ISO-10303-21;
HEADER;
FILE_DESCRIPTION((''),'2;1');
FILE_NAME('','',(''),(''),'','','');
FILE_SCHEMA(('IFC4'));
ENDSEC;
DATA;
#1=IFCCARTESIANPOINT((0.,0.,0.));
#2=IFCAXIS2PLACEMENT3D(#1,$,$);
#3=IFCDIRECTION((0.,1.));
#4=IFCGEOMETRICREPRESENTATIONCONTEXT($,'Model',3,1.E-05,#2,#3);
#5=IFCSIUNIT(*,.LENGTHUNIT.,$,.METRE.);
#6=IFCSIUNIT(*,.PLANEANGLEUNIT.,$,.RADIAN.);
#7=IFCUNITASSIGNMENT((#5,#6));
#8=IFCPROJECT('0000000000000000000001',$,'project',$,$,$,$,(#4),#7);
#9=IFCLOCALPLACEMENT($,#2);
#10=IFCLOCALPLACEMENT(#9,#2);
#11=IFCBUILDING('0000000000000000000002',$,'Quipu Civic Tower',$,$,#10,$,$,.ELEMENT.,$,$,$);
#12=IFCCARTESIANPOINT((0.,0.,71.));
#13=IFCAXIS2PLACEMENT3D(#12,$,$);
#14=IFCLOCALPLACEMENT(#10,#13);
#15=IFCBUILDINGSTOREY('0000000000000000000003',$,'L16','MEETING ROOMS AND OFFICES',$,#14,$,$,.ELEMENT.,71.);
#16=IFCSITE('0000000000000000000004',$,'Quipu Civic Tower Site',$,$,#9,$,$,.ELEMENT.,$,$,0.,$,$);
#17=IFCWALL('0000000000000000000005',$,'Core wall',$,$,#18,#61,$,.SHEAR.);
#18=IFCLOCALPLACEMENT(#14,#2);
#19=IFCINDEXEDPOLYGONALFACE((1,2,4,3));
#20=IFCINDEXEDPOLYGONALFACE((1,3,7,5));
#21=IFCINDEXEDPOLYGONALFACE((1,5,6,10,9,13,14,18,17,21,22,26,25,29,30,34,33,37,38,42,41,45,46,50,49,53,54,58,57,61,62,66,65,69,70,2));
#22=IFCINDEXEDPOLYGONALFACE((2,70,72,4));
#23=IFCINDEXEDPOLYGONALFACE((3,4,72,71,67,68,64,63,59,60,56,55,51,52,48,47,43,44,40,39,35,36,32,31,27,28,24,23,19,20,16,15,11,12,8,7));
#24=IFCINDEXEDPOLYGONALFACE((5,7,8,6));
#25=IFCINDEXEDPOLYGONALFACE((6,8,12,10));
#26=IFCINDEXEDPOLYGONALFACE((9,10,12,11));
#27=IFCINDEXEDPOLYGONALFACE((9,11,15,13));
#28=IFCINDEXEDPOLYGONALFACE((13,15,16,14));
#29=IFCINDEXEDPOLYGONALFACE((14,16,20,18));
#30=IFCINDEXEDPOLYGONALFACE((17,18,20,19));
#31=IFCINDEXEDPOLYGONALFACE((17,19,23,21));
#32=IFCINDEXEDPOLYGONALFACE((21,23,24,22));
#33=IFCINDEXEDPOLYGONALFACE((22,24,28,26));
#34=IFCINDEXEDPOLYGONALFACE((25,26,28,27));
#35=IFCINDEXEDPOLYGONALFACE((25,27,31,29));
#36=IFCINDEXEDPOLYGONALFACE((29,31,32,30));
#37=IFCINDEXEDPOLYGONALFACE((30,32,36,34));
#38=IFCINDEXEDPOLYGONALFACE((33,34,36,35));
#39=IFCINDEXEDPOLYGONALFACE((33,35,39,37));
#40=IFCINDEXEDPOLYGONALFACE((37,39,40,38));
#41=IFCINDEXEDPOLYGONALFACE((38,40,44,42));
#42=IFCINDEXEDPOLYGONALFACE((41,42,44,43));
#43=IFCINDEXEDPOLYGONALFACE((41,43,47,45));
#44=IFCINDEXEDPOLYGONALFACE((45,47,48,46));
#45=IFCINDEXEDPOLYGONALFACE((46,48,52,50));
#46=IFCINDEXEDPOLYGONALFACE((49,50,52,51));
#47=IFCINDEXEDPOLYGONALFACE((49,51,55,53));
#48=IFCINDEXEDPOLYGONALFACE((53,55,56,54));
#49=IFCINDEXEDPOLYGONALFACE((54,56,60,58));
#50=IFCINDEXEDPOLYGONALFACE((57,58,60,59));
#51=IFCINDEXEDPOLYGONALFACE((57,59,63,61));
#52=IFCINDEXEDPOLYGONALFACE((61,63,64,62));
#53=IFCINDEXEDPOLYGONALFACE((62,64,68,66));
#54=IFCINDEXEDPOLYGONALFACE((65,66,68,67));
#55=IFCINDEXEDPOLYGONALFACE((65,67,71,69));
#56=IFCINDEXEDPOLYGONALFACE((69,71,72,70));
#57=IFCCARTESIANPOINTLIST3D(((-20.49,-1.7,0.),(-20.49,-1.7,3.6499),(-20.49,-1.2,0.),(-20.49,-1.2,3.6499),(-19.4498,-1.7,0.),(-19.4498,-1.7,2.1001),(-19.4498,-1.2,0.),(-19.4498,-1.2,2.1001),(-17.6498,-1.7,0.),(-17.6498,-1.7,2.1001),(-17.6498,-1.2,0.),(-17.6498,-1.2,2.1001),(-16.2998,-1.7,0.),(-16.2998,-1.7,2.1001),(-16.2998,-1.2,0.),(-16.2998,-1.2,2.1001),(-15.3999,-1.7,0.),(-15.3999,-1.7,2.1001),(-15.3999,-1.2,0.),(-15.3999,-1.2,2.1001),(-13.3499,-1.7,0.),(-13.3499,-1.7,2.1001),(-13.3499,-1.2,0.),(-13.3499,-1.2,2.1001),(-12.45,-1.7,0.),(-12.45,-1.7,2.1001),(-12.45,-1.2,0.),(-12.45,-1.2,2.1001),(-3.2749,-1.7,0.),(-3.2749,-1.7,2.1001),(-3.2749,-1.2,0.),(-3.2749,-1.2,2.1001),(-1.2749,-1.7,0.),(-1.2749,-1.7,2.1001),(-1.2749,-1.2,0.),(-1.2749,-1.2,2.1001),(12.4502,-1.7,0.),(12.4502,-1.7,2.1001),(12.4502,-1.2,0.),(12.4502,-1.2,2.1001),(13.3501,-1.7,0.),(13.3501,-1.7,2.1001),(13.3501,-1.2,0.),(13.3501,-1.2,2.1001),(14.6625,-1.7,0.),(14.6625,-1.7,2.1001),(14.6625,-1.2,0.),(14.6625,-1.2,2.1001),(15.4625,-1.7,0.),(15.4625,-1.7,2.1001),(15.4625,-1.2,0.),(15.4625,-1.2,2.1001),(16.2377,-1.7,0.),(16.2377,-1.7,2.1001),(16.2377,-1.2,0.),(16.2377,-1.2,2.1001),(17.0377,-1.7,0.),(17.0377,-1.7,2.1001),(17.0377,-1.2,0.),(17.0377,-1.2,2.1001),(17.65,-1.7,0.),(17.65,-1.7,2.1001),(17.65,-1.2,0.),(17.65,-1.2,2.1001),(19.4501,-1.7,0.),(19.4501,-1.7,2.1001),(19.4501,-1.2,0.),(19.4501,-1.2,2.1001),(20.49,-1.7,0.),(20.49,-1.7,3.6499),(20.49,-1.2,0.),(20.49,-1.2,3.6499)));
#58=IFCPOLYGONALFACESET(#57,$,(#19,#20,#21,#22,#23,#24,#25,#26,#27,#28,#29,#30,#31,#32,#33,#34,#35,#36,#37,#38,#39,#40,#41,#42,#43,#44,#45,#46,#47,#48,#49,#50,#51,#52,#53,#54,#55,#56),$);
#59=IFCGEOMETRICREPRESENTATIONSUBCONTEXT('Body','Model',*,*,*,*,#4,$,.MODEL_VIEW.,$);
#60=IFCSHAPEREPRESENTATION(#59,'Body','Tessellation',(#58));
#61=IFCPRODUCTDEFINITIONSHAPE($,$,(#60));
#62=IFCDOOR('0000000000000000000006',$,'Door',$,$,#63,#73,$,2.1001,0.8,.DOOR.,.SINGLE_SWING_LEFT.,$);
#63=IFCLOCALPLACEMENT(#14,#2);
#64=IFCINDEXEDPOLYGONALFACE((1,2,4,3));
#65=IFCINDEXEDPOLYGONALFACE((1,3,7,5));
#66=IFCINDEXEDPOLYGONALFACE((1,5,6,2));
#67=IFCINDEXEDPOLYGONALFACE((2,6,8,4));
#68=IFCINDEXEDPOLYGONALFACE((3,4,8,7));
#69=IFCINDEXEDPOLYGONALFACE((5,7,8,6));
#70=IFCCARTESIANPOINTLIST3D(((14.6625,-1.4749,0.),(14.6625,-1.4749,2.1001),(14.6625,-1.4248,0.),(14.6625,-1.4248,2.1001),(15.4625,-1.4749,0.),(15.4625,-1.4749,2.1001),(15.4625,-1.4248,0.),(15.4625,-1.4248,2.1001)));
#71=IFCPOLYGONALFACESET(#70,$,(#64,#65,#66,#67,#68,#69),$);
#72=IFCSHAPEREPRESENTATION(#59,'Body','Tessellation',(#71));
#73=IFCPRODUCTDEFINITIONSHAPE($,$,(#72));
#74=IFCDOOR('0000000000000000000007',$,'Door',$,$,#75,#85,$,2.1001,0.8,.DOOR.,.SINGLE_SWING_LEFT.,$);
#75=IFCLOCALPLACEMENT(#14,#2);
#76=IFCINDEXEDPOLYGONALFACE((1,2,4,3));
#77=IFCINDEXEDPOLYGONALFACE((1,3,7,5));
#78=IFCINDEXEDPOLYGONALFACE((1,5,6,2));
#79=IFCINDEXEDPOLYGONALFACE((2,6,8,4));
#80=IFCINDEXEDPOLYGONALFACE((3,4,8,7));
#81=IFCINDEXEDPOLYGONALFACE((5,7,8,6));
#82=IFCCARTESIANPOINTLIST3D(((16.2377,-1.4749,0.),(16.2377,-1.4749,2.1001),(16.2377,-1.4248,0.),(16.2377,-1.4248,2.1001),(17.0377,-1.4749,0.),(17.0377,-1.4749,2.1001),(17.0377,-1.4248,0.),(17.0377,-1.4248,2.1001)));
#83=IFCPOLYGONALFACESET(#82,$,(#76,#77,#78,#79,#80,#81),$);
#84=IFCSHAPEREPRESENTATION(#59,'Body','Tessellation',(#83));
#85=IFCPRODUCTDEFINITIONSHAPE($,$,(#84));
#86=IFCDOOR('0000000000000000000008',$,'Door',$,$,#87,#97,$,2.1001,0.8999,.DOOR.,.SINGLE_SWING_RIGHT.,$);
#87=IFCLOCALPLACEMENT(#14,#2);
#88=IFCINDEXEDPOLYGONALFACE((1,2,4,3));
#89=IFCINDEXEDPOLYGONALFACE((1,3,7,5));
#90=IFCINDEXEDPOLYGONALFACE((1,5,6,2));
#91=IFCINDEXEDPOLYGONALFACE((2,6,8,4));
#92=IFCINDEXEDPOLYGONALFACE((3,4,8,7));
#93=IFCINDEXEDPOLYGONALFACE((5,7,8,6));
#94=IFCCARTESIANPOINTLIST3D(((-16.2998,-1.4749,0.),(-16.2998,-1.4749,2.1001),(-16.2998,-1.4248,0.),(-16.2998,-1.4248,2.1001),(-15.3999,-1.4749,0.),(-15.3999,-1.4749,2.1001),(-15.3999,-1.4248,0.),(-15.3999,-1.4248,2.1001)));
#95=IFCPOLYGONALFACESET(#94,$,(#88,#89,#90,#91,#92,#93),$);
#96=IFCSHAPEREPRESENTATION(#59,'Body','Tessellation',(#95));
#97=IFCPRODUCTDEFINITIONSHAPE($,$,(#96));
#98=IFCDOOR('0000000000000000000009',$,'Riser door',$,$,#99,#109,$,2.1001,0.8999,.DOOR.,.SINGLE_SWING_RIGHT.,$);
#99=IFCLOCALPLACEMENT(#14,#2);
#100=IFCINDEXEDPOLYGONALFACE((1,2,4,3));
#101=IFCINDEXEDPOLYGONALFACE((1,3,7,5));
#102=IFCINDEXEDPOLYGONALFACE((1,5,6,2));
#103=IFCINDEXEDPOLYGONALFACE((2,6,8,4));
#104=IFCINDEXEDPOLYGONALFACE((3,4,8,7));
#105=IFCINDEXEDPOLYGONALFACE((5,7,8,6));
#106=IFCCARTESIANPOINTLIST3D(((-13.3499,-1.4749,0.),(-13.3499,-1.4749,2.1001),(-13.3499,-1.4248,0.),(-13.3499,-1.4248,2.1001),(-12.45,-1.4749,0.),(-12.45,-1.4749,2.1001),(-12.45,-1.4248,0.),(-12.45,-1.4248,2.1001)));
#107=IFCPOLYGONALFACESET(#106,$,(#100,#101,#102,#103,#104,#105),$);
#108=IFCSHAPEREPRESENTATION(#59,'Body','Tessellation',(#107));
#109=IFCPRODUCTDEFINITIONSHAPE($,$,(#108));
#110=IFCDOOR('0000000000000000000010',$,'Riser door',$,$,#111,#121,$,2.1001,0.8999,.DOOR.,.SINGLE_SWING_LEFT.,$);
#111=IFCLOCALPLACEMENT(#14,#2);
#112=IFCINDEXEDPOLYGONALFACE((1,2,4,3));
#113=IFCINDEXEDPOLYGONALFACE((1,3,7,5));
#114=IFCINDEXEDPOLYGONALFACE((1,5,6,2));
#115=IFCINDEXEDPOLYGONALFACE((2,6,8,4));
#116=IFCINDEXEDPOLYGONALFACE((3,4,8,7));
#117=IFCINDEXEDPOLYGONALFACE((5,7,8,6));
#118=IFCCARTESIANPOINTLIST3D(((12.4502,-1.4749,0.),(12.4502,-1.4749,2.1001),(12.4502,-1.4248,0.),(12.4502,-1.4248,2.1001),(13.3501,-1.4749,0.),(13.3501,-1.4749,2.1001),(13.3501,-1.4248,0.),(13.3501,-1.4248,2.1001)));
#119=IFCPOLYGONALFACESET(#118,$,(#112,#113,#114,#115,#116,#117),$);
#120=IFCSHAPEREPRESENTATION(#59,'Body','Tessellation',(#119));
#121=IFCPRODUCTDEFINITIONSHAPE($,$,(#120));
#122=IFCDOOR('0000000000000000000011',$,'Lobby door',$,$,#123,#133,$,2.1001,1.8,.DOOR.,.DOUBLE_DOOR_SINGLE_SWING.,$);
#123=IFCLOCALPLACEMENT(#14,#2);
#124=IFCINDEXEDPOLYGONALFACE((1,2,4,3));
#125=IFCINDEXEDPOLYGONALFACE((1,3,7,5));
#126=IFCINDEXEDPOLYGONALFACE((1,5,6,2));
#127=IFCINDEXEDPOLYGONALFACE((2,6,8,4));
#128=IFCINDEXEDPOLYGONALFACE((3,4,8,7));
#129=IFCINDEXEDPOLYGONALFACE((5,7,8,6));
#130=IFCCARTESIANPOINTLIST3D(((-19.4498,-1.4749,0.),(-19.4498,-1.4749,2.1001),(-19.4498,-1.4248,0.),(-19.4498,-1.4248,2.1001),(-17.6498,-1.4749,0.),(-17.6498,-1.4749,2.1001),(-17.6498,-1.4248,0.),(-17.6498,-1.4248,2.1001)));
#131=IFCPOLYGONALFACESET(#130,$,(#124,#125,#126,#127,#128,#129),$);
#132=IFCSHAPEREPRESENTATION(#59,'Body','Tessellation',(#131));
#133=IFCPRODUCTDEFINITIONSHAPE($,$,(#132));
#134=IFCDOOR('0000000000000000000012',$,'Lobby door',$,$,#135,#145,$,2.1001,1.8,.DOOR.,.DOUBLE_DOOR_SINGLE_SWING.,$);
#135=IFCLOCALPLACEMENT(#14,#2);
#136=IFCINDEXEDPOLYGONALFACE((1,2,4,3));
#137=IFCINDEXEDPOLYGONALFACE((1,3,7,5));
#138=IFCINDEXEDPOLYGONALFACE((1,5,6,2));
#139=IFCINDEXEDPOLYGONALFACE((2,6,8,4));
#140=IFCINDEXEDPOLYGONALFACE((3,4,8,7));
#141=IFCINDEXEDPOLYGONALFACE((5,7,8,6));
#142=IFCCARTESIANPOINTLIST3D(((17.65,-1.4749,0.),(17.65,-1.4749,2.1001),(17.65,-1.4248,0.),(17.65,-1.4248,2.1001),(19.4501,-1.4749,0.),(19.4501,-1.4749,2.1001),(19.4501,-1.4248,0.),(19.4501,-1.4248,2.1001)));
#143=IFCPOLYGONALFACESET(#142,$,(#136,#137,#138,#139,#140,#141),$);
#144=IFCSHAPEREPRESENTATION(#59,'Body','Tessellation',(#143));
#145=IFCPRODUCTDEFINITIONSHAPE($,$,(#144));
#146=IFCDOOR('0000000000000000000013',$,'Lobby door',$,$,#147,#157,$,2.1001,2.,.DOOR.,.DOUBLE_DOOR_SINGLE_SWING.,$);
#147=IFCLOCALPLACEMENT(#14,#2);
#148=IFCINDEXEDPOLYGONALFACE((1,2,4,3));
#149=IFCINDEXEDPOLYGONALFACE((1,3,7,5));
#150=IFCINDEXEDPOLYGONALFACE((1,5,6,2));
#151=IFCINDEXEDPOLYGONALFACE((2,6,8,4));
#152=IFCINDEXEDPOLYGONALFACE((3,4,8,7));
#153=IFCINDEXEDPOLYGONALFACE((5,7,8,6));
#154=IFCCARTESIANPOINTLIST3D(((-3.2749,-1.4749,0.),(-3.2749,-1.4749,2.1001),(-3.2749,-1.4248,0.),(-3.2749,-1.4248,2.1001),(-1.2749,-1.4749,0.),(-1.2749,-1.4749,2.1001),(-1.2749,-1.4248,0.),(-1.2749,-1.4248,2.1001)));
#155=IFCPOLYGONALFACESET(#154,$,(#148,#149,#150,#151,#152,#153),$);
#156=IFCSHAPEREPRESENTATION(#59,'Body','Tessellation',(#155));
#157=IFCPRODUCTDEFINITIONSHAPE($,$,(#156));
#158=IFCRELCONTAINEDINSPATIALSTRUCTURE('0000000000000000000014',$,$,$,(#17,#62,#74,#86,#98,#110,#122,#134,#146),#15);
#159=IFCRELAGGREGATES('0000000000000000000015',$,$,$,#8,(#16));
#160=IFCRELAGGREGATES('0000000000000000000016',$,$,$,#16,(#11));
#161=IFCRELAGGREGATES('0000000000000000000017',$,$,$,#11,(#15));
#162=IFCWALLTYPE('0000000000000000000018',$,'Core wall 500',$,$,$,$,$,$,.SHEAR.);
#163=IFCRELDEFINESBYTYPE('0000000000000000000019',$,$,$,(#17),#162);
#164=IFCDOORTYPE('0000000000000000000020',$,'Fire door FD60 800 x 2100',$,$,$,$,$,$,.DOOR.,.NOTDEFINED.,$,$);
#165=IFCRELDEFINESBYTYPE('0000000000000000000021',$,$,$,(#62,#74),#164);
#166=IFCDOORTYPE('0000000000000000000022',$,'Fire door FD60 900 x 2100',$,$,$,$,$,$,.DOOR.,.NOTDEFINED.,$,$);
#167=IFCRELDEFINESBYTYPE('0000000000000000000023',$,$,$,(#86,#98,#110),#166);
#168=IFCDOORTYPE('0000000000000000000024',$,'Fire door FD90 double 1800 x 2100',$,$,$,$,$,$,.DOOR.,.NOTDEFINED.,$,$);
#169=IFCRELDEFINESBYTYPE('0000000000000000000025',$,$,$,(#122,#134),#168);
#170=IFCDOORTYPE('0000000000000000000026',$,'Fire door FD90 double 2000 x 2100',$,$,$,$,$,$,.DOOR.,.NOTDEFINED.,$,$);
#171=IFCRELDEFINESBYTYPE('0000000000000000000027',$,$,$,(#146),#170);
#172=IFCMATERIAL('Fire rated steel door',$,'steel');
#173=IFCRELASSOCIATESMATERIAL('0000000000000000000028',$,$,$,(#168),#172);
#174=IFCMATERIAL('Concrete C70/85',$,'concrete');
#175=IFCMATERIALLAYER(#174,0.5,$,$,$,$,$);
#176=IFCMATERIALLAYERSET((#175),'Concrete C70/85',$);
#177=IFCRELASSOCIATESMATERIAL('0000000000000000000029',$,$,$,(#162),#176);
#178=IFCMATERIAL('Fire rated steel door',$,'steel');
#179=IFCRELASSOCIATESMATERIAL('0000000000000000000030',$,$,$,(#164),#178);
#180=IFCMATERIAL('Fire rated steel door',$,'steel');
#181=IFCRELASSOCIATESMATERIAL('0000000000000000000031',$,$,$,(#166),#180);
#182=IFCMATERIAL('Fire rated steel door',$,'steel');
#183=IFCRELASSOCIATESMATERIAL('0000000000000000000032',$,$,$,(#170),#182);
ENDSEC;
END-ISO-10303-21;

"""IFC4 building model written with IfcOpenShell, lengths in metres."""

from ifc_helpers import new_model, si_unit, direction, frame, frame_2d, origin, place, context, subcontext, project, spatial, rectangle, extrude, material, layer, layer_set, type_object, element, fill, save


model = new_model("IFC4")

# Units and contexts
model_context = context("Model", 3, precision=1e-05, world=origin(), true_north=direction((0.0, 1.0)))
body_context = subcontext(model_context, "Body", "Model", "MODEL_VIEW")
ifc_project = project(units=[si_unit("LENGTHUNIT", "METRE"), si_unit("PLANEANGLEUNIT", "RADIAN")], contexts=[model_context])

# Site, building, storey
site_placement = place(None, origin())
site = spatial("IfcSite", under=ifc_project, at=site_placement, Name="Quipu Civic Tower Site", CompositionType="ELEMENT", RefElevation=0.0)
building_placement = place(site_placement, origin())
building = spatial("IfcBuilding", under=site, at=building_placement, Name="Quipu Civic Tower", CompositionType="ELEMENT")
storey_placement = place(building_placement, frame((0.0, 0.0, 71.0)))
storey = spatial("IfcBuildingStorey", under=building, at=storey_placement, Name="L16", Description="MEETING ROOMS AND OFFICES", CompositionType="ELEMENT", Elevation=71.0)

# Shared definitions
ifc_material_1 = material(Name="Fire rated steel door", Category="steel")
door_type_1 = type_object("IfcDoorType", Name="Fire door FD90 double 1800 x 2100", OperationType="NOTDEFINED", PredefinedType="DOOR", material=ifc_material_1)

# Wall, openings, doors
ifc_material_2 = material(Name="Concrete C70/85", Category="concrete")
ifc_layer_1 = layer(ifc_material_2, 0.5)
ifc_layer_set_1 = layer_set([ifc_layer_1], Name="Concrete C70/85")
wall_type_1 = type_object("IfcWallType", Name="Core wall 500", PredefinedType="SHEAR", material=ifc_layer_set_1)
wall_1_placement = place(storey_placement, frame((20.49, -1.45, 0.0), z_axis=(0.0, 0.0, 1.0), x_axis=(-1.0, 0.0, 0.0)))
wall_1 = element("IfcWall", 1, at=wall_1_placement, inside=storey, type_object=wall_type_1, Name="Core wall", PredefinedType="SHEAR", context=body_context, shape_type="SweptSolid", body=[
    extrude(rectangle(XDim=40.98, YDim=0.5, at=frame_2d((20.49, 0.0))), origin(), (0.0, 0.0, 1.0), 3.6499),
])
opening_1_placement = place(wall_1_placement, frame((38.1399, 0.0, 0.0)))
opening_1 = element("IfcOpeningElement", 2, at=opening_1_placement, cuts=wall_1, PredefinedType="OPENING", context=body_context, shape_type="SweptSolid", body=[
    extrude(rectangle(XDim=1.8, YDim=2.1001, at=frame_2d((0.8999, 1.05))), frame((0.0, 0.26, 0.0), z_axis=(0.0, -1.0, 0.0), x_axis=(1.0, 0.0, 0.0)), (0.0, 0.0, 1.0), 0.52),
])
opening_2_placement = place(wall_1_placement, frame((35.8899, 0.0, 0.0)))
opening_2 = element("IfcOpeningElement", 3, at=opening_2_placement, cuts=wall_1, PredefinedType="OPENING", context=body_context, shape_type="SweptSolid", body=[
    extrude(rectangle(XDim=0.8999, YDim=2.1001, at=frame_2d((0.45, 1.05))), frame((0.0, 0.26, 0.0), z_axis=(0.0, -1.0, 0.0), x_axis=(1.0, 0.0, 0.0)), (0.0, 0.0, 1.0), 0.52),
])
opening_3_placement = place(wall_1_placement, frame((32.9399, 0.0, 0.0)))
opening_3 = element("IfcOpeningElement", 4, at=opening_3_placement, cuts=wall_1, PredefinedType="OPENING", context=body_context, shape_type="SweptSolid", body=[
    extrude(rectangle(XDim=0.8999, YDim=2.1001, at=frame_2d((0.45, 1.05))), frame((0.0, 0.26, 0.0), z_axis=(0.0, -1.0, 0.0), x_axis=(1.0, 0.0, 0.0)), (0.0, 0.0, 1.0), 0.52),
])
opening_4_placement = place(wall_1_placement, frame((21.7649, 0.0, 0.0)))
opening_4 = element("IfcOpeningElement", 5, at=opening_4_placement, cuts=wall_1, PredefinedType="OPENING", context=body_context, shape_type="SweptSolid", body=[
    extrude(rectangle(XDim=2.0, YDim=2.1001, at=frame_2d((1.0, 1.05))), frame((0.0, 0.26, 0.0), z_axis=(0.0, -1.0, 0.0), x_axis=(1.0, 0.0, 0.0)), (0.0, 0.0, 1.0), 0.52),
])
opening_5_placement = place(wall_1_placement, frame((7.1399, 0.0, 0.0)))
opening_5 = element("IfcOpeningElement", 6, at=opening_5_placement, cuts=wall_1, PredefinedType="OPENING", context=body_context, shape_type="SweptSolid", body=[
    extrude(rectangle(XDim=0.8999, YDim=2.1001, at=frame_2d((0.45, 1.05))), frame((0.0, 0.26, 0.0), z_axis=(0.0, -1.0, 0.0), x_axis=(1.0, 0.0, 0.0)), (0.0, 0.0, 1.0), 0.52),
])
opening_6_placement = place(wall_1_placement, frame((5.0276, 0.0, 0.0)))
opening_6 = element("IfcOpeningElement", 7, at=opening_6_placement, cuts=wall_1, PredefinedType="OPENING", context=body_context, shape_type="SweptSolid", body=[
    extrude(rectangle(XDim=0.8, YDim=2.1001, at=frame_2d((0.3999, 1.05))), frame((0.0, 0.26, 0.0), z_axis=(0.0, -1.0, 0.0), x_axis=(1.0, 0.0, 0.0)), (0.0, 0.0, 1.0), 0.52),
])
opening_7_placement = place(wall_1_placement, frame((3.4524, 0.0, 0.0)))
opening_7 = element("IfcOpeningElement", 8, at=opening_7_placement, cuts=wall_1, PredefinedType="OPENING", context=body_context, shape_type="SweptSolid", body=[
    extrude(rectangle(XDim=0.8, YDim=2.1001, at=frame_2d((0.3999, 1.05))), frame((0.0, 0.26, 0.0), z_axis=(0.0, -1.0, 0.0), x_axis=(1.0, 0.0, 0.0)), (0.0, 0.0, 1.0), 0.52),
])
opening_8_placement = place(wall_1_placement, frame((1.04, 0.0, 0.0)))
opening_8 = element("IfcOpeningElement", 9, at=opening_8_placement, cuts=wall_1, PredefinedType="OPENING", context=body_context, shape_type="SweptSolid", body=[
    extrude(rectangle(XDim=1.8, YDim=2.1001, at=frame_2d((0.8999, 1.05))), frame((0.0, 0.26, 0.0), z_axis=(0.0, -1.0, 0.0), x_axis=(1.0, 0.0, 0.0)), (0.0, 0.0, 1.0), 0.52),
])
ifc_material_3 = material(Name="Fire rated steel door", Category="steel")
door_type_2 = type_object("IfcDoorType", Name="Fire door FD60 800 x 2100", OperationType="NOTDEFINED", PredefinedType="DOOR", material=ifc_material_3)
door_1_placement = place(opening_6_placement, origin())
door_1 = element("IfcDoor", 10, at=door_1_placement, inside=storey, type_object=door_type_2, Name="Door", OperationType="SINGLE_SWING_LEFT", OverallHeight=2.1001, OverallWidth=0.8, PredefinedType="DOOR", context=body_context, shape_type="SweptSolid", body=[
    extrude(rectangle(XDim=0.8, YDim=2.1001, at=frame_2d((0.3999, 1.05))), frame((0.0, 0.0249, 0.0), z_axis=(0.0, -1.0, 0.0), x_axis=(1.0, 0.0, 0.0)), (0.0, 0.0, 1.0), 0.05),
])
fill(opening_6, door_1)
door_2_placement = place(opening_7_placement, origin())
door_2 = element("IfcDoor", 11, at=door_2_placement, inside=storey, type_object=door_type_2, Name="Door", OperationType="SINGLE_SWING_LEFT", OverallHeight=2.1001, OverallWidth=0.8, PredefinedType="DOOR", context=body_context, shape_type="SweptSolid", body=[
    extrude(rectangle(XDim=0.8, YDim=2.1001, at=frame_2d((0.3999, 1.05))), frame((0.0, 0.0249, 0.0), z_axis=(0.0, -1.0, 0.0), x_axis=(1.0, 0.0, 0.0)), (0.0, 0.0, 1.0), 0.05),
])
fill(opening_7, door_2)
ifc_material_4 = material(Name="Fire rated steel door", Category="steel")
door_type_3 = type_object("IfcDoorType", Name="Fire door FD60 900 x 2100", OperationType="NOTDEFINED", PredefinedType="DOOR", material=ifc_material_4)
door_3_placement = place(opening_2_placement, origin())
door_3 = element("IfcDoor", 12, at=door_3_placement, inside=storey, type_object=door_type_3, Name="Door", OperationType="SINGLE_SWING_RIGHT", OverallHeight=2.1001, OverallWidth=0.8999, PredefinedType="DOOR", context=body_context, shape_type="SweptSolid", body=[
    extrude(rectangle(XDim=0.8999, YDim=2.1001, at=frame_2d((0.45, 1.05))), frame((0.0, 0.0249, 0.0), z_axis=(0.0, -1.0, 0.0), x_axis=(1.0, 0.0, 0.0)), (0.0, 0.0, 1.0), 0.05),
])
fill(opening_2, door_3)
door_4_placement = place(opening_3_placement, origin())
door_4 = element("IfcDoor", 13, at=door_4_placement, inside=storey, type_object=door_type_3, Name="Riser door", OperationType="SINGLE_SWING_RIGHT", OverallHeight=2.1001, OverallWidth=0.8999, PredefinedType="DOOR", context=body_context, shape_type="SweptSolid", body=[
    extrude(rectangle(XDim=0.8999, YDim=2.1001, at=frame_2d((0.45, 1.05))), frame((0.0, 0.0249, 0.0), z_axis=(0.0, -1.0, 0.0), x_axis=(1.0, 0.0, 0.0)), (0.0, 0.0, 1.0), 0.05),
])
fill(opening_3, door_4)
door_5_placement = place(opening_5_placement, origin())
door_5 = element("IfcDoor", 14, at=door_5_placement, inside=storey, type_object=door_type_3, Name="Riser door", OperationType="SINGLE_SWING_LEFT", OverallHeight=2.1001, OverallWidth=0.8999, PredefinedType="DOOR", context=body_context, shape_type="SweptSolid", body=[
    extrude(rectangle(XDim=0.8999, YDim=2.1001, at=frame_2d((0.45, 1.05))), frame((0.0, 0.0249, 0.0), z_axis=(0.0, -1.0, 0.0), x_axis=(1.0, 0.0, 0.0)), (0.0, 0.0, 1.0), 0.05),
])
fill(opening_5, door_5)
door_6_placement = place(opening_1_placement, origin())
door_6 = element("IfcDoor", 15, at=door_6_placement, inside=storey, type_object=door_type_1, Name="Lobby door", OperationType="DOUBLE_DOOR_SINGLE_SWING", OverallHeight=2.1001, OverallWidth=1.8, PredefinedType="DOOR", context=body_context, shape_type="SweptSolid", body=[
    extrude(rectangle(XDim=1.8, YDim=2.1001, at=frame_2d((0.8999, 1.05))), frame((0.0, 0.0249, 0.0), z_axis=(0.0, -1.0, 0.0), x_axis=(1.0, 0.0, 0.0)), (0.0, 0.0, 1.0), 0.05),
])
fill(opening_1, door_6)
door_7_placement = place(opening_8_placement, origin())
door_7 = element("IfcDoor", 16, at=door_7_placement, inside=storey, type_object=door_type_1, Name="Lobby door", OperationType="DOUBLE_DOOR_SINGLE_SWING", OverallHeight=2.1001, OverallWidth=1.8, PredefinedType="DOOR", context=body_context, shape_type="SweptSolid", body=[
    extrude(rectangle(XDim=1.8, YDim=2.1001, at=frame_2d((0.8999, 1.05))), frame((0.0, 0.0249, 0.0), z_axis=(0.0, -1.0, 0.0), x_axis=(1.0, 0.0, 0.0)), (0.0, 0.0, 1.0), 0.05),
])
fill(opening_8, door_7)
ifc_material_5 = material(Name="Fire rated steel door", Category="steel")
door_type_4 = type_object("IfcDoorType", Name="Fire door FD90 double 2000 x 2100", OperationType="NOTDEFINED", PredefinedType="DOOR", material=ifc_material_5)
door_8_placement = place(opening_4_placement, origin())
door_8 = element("IfcDoor", 17, at=door_8_placement, inside=storey, type_object=door_type_4, Name="Lobby door", OperationType="DOUBLE_DOOR_SINGLE_SWING", OverallHeight=2.1001, OverallWidth=2.0, PredefinedType="DOOR", context=body_context, shape_type="SweptSolid", body=[
    extrude(rectangle(XDim=2.0, YDim=2.1001, at=frame_2d((1.0, 1.05))), frame((0.0, 0.0249, 0.0), z_axis=(0.0, -1.0, 0.0), x_axis=(1.0, 0.0, 0.0)), (0.0, 0.0, 1.0), 0.05),
])
fill(opening_4, door_8)

save(model, "model.ifc")
